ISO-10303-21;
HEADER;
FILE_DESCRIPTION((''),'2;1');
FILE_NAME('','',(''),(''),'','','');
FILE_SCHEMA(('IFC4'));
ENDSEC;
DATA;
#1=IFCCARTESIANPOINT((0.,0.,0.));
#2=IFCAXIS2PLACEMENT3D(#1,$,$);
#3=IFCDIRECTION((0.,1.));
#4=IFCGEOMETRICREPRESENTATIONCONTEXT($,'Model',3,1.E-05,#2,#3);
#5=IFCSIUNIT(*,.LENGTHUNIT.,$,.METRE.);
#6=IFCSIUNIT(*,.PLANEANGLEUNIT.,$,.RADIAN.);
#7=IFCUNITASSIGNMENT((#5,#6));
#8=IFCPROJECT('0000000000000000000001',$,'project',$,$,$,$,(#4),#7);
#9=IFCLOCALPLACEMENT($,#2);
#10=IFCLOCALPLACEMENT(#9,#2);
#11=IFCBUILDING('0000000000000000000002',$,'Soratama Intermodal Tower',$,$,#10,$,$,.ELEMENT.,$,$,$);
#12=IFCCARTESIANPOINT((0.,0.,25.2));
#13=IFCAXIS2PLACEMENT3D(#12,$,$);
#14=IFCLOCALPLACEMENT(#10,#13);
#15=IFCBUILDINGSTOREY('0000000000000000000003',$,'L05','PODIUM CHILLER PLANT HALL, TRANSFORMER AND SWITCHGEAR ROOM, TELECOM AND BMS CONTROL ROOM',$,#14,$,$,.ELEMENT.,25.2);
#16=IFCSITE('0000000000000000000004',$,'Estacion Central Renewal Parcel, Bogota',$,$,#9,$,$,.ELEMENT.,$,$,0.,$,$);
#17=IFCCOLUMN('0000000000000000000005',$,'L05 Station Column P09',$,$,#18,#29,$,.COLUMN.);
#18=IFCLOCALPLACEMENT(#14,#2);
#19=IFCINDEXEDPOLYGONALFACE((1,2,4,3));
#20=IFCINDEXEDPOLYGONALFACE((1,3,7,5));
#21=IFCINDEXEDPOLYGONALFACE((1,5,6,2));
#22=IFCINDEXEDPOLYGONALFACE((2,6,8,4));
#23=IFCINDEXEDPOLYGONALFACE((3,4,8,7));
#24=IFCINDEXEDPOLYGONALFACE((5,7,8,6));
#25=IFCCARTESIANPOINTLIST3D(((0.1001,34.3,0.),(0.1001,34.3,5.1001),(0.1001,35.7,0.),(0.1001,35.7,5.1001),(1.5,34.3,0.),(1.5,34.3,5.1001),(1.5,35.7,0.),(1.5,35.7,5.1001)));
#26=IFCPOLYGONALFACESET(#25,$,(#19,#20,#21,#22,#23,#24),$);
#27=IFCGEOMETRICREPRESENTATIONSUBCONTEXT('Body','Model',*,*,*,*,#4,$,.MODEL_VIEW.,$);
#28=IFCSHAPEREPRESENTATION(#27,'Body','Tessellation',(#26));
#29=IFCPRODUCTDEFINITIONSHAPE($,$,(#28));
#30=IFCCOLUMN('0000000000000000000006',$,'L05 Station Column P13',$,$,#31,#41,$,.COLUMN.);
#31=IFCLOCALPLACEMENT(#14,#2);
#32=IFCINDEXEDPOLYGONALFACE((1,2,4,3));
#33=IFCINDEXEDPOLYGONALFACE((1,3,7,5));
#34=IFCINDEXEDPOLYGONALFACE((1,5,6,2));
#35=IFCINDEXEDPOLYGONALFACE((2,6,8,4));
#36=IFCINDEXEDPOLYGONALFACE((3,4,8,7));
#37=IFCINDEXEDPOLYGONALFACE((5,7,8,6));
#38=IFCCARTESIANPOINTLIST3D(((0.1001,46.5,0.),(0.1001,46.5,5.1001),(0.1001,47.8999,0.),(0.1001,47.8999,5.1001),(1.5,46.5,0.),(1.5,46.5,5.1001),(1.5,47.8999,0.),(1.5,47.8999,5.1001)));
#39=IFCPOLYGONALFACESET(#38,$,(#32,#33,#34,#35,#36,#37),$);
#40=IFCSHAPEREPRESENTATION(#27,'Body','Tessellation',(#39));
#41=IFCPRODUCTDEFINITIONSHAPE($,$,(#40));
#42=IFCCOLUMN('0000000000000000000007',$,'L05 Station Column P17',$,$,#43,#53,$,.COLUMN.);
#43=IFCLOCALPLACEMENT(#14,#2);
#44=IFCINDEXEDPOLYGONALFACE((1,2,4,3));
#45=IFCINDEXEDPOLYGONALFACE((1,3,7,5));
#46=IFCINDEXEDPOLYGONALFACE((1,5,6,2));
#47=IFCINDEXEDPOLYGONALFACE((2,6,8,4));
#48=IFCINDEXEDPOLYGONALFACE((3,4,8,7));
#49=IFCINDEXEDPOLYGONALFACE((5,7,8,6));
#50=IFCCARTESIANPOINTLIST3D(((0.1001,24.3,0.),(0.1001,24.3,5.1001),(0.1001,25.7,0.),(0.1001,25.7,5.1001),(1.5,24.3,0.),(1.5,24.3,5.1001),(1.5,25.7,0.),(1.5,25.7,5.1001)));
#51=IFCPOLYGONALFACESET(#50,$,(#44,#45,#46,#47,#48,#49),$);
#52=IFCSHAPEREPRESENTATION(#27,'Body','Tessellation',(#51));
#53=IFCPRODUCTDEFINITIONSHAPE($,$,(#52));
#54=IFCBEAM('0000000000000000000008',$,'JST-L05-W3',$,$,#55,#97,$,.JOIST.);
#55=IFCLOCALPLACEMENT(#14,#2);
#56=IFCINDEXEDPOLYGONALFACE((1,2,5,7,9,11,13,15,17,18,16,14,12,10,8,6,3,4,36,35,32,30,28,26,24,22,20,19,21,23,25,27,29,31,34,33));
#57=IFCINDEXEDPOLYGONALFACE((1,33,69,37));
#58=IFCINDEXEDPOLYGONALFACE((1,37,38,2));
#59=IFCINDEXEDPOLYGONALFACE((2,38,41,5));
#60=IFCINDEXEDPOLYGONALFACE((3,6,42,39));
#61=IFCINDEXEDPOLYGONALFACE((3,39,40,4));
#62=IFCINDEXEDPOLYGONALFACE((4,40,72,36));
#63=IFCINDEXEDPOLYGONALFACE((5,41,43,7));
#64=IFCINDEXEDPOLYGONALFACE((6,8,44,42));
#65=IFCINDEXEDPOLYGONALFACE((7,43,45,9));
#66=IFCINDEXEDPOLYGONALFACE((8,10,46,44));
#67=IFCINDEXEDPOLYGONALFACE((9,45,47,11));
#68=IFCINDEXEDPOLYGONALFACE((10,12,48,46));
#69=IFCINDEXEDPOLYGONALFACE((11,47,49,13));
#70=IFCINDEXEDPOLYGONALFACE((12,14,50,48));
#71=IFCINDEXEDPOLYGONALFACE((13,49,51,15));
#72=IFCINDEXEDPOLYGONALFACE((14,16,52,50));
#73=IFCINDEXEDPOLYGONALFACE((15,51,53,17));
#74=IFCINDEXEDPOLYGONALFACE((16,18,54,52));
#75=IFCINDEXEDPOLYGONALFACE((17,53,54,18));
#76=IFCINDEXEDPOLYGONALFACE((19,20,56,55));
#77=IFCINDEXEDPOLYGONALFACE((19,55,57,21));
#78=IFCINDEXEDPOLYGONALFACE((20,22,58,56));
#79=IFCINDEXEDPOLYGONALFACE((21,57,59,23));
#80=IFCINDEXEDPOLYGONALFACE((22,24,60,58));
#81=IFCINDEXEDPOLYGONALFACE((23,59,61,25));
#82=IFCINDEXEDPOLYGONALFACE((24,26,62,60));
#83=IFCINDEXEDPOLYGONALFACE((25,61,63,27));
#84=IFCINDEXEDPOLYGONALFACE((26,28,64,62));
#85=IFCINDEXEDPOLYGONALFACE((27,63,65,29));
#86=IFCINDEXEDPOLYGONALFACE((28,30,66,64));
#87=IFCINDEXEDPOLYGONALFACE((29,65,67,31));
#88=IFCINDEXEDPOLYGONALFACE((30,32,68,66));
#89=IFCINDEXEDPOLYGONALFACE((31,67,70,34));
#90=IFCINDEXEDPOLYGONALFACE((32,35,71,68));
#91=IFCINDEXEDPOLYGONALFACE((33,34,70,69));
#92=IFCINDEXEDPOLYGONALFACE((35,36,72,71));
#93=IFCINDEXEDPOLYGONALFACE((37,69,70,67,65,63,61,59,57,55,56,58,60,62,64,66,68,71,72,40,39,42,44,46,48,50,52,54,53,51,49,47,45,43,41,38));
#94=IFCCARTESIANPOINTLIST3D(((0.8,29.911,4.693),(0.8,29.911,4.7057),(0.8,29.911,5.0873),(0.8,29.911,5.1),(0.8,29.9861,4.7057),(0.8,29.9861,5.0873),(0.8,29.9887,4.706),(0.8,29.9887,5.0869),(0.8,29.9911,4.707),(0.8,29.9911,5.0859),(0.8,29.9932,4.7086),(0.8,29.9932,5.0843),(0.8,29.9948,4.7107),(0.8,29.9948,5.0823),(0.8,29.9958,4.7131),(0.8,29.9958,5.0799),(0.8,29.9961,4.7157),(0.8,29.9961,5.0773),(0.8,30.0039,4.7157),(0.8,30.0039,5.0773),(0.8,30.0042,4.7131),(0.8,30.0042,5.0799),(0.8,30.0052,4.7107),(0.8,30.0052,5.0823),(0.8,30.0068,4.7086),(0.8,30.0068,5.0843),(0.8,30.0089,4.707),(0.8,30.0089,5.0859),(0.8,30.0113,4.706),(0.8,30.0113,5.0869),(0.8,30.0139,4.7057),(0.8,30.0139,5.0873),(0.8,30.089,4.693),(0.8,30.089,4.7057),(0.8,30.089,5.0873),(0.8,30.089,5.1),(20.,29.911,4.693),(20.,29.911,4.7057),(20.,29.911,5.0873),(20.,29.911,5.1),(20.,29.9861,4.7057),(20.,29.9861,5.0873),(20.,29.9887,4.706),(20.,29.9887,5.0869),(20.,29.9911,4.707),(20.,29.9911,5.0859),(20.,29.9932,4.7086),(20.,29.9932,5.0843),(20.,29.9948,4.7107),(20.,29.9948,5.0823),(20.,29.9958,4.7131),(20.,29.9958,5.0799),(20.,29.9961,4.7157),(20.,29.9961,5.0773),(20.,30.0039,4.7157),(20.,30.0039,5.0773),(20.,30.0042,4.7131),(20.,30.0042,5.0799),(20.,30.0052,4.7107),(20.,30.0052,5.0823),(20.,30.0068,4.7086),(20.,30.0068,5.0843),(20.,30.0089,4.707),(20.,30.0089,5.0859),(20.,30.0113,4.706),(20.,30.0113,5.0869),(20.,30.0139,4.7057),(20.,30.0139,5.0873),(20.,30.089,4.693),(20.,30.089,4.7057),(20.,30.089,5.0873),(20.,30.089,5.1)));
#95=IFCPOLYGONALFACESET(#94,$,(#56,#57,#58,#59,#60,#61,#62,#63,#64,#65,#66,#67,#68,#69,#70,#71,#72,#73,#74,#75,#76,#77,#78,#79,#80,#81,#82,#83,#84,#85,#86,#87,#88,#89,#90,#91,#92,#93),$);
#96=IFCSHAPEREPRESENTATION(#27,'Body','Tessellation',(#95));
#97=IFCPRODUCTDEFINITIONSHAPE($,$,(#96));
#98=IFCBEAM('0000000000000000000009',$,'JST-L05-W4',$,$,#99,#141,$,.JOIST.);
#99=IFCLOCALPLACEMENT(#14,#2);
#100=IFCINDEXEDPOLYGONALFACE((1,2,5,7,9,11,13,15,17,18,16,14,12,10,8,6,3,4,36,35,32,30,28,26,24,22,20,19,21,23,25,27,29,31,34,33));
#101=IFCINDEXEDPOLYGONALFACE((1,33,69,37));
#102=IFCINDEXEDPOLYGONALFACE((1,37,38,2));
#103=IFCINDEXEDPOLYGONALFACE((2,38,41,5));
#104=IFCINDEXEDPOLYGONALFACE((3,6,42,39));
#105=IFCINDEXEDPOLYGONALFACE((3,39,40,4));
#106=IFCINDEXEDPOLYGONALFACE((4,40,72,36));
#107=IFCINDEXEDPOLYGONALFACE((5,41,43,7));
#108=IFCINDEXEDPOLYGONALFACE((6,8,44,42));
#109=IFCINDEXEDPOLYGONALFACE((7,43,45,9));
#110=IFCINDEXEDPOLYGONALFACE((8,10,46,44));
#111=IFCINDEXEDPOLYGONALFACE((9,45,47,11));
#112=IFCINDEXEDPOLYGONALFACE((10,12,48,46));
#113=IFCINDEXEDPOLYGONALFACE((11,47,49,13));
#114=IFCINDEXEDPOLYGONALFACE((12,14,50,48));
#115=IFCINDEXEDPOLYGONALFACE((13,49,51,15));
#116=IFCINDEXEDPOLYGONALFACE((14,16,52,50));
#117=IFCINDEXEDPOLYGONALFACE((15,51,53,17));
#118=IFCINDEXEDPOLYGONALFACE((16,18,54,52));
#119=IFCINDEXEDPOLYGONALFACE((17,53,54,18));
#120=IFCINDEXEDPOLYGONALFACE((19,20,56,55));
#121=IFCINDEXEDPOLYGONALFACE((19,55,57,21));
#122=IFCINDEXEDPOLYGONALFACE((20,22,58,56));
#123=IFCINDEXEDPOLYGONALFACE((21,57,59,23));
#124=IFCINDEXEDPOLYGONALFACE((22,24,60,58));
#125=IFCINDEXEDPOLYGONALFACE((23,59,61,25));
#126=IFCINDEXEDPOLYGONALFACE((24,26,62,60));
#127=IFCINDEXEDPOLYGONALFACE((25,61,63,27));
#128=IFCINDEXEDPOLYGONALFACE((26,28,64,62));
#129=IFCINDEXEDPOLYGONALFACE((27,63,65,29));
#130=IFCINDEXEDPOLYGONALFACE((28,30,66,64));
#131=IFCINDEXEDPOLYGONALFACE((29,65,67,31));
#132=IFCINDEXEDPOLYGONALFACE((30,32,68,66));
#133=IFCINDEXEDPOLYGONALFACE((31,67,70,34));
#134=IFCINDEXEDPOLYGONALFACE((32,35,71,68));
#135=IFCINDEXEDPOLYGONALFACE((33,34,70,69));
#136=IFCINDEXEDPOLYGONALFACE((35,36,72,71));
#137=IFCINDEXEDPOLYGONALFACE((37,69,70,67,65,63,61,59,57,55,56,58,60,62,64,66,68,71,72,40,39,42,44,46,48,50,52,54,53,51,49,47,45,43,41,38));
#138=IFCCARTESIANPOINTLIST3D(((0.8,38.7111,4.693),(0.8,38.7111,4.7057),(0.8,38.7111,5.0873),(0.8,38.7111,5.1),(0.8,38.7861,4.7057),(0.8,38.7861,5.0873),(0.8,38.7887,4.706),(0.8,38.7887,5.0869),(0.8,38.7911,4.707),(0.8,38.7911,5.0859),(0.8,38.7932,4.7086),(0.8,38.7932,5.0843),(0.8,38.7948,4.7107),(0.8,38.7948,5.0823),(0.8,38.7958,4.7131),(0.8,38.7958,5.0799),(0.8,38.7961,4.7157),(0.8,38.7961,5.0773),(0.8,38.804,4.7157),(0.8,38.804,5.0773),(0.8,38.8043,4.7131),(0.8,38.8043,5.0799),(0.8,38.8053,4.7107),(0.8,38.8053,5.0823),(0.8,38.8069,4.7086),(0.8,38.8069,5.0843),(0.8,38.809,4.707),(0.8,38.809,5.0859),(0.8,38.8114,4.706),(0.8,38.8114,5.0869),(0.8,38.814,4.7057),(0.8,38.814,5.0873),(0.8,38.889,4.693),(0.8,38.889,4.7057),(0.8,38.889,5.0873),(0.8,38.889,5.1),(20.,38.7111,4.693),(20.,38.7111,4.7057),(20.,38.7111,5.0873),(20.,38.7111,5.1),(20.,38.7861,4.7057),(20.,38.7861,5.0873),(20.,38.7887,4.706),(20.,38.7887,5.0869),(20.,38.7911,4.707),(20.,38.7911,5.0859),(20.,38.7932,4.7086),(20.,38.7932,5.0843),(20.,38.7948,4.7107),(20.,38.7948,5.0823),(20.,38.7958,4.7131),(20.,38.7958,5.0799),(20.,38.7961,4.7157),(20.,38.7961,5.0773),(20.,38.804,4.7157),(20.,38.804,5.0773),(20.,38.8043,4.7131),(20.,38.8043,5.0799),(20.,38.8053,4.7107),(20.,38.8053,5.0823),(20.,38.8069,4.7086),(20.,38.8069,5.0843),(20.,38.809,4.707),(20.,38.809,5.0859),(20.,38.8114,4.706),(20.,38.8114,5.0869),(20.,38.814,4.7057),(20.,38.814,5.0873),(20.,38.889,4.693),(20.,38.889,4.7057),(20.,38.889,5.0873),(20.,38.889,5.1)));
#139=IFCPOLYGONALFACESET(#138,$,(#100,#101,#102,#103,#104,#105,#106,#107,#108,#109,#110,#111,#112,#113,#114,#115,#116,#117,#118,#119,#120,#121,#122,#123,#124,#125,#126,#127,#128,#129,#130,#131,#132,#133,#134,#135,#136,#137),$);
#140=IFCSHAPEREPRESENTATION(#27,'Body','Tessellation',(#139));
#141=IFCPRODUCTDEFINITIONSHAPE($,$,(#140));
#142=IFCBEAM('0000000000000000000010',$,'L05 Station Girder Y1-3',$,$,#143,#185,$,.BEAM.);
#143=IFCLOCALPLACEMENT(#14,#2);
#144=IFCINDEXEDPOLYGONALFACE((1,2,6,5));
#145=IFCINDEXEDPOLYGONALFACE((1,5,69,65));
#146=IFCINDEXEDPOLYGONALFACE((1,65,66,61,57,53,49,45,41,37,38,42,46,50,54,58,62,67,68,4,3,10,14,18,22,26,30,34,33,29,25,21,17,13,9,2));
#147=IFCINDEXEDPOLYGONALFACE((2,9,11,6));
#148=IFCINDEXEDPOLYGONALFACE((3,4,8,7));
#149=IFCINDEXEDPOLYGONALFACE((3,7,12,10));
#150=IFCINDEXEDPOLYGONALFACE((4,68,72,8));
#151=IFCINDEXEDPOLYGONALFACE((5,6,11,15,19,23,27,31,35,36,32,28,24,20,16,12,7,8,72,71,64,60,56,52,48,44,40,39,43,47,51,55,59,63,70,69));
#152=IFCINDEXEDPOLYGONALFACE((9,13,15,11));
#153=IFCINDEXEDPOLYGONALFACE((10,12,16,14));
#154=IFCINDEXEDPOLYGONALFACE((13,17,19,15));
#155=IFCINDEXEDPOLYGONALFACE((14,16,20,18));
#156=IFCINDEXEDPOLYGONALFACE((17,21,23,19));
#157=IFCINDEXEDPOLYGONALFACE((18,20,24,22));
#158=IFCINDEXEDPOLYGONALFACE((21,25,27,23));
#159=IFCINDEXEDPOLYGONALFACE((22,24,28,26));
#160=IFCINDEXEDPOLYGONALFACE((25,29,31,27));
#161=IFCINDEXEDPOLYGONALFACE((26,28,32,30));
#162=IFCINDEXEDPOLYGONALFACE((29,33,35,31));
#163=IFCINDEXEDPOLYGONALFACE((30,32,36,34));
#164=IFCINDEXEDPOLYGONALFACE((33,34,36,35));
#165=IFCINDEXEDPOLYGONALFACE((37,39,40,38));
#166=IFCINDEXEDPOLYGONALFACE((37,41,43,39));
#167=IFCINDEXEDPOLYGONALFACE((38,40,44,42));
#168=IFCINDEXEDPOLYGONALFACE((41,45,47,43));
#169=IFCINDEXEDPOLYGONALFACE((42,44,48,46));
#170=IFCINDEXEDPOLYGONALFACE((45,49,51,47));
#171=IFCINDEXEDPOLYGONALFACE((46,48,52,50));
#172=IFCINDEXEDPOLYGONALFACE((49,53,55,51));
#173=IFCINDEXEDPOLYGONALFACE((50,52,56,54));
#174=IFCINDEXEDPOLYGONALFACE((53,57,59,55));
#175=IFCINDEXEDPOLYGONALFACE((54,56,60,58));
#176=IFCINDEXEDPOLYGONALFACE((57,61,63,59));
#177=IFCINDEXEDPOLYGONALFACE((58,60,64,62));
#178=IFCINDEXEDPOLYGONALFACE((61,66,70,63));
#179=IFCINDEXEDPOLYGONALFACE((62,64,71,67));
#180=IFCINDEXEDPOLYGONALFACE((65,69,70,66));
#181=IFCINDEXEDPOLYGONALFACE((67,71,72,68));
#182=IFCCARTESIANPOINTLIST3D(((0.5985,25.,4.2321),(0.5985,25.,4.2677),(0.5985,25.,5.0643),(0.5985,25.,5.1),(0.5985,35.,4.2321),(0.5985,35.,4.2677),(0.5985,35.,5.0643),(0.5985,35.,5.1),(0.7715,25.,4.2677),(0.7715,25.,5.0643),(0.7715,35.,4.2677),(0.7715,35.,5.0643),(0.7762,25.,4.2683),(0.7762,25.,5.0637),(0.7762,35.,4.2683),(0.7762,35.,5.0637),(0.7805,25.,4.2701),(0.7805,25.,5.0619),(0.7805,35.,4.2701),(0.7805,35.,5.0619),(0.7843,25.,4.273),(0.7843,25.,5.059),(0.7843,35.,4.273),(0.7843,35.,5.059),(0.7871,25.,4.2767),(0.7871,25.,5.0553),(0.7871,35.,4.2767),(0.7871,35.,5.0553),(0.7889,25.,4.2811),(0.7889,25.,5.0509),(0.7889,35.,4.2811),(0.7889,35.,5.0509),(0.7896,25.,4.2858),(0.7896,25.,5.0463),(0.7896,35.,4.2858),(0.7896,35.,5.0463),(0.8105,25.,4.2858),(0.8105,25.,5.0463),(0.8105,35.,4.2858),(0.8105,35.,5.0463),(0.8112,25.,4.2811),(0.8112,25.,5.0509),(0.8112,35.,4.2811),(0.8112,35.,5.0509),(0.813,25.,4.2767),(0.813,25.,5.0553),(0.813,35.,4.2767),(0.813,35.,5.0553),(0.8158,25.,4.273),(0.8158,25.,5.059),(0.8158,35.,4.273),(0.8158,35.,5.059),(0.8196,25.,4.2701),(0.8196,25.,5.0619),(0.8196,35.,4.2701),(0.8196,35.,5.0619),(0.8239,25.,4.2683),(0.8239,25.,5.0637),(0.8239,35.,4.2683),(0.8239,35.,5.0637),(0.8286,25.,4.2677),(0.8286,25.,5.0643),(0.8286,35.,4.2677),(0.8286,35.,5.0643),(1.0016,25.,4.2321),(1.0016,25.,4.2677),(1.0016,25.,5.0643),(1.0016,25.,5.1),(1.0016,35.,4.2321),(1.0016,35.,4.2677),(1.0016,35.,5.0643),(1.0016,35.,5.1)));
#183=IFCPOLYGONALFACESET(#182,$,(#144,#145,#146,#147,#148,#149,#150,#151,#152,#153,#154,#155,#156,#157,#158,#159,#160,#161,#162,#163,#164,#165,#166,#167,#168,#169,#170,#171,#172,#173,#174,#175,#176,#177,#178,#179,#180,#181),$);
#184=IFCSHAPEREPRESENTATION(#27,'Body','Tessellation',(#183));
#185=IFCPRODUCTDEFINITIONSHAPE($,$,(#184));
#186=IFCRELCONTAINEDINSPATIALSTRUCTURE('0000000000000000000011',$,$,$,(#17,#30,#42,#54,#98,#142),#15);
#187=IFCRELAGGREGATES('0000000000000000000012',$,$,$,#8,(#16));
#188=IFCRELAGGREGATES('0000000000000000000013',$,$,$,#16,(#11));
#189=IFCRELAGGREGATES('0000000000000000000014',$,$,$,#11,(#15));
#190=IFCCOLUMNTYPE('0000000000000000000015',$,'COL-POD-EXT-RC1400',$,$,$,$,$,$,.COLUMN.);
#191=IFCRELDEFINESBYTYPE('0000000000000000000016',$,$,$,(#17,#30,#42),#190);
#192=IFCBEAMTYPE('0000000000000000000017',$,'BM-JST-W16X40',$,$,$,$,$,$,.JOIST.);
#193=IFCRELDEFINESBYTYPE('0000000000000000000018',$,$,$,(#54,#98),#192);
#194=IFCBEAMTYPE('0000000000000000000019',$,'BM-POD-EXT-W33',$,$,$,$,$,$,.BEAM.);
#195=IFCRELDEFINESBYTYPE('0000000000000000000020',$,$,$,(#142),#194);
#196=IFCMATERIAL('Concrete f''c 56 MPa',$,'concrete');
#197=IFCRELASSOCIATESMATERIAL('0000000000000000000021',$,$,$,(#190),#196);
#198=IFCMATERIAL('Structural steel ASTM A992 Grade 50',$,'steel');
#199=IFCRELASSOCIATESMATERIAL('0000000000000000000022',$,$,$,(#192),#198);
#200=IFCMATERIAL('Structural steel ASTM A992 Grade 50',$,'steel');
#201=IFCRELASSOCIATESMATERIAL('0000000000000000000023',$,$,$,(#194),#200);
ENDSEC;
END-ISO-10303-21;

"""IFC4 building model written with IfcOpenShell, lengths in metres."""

from ifc_helpers import new_model, si_unit, direction, frame, origin, origin_2d, place, context, subcontext, project, spatial, rectangle, i_section, extrude, material, material_profile, profile_set, type_object, element, save


model = new_model("IFC4")

# Units and contexts
model_context = context("Model", 3, precision=1e-05, world=origin(), true_north=direction((0.0, 1.0)))
body_context = subcontext(model_context, "Body", "Model", "MODEL_VIEW")
ifc_project = project(units=[si_unit("LENGTHUNIT", "METRE"), si_unit("PLANEANGLEUNIT", "RADIAN")], contexts=[model_context])

# Site, building, storey
site_placement = place(None, origin())
site = spatial("IfcSite", under=ifc_project, at=site_placement, Name="Estacion Central Renewal Parcel, Bogota", CompositionType="ELEMENT", RefElevation=0.0)
building_placement = place(site_placement, origin())
building = spatial("IfcBuilding", under=site, at=building_placement, Name="Soratama Intermodal Tower", CompositionType="ELEMENT")
storey_placement = place(building_placement, frame((0.0, 0.0, 25.2)))
storey = spatial("IfcBuildingStorey", under=building, at=storey_placement, Name="L05", Description="PODIUM CHILLER PLANT HALL, TRANSFORMER AND SWITCHGEAR ROOM, TELECOM AND BMS CONTROL ROOM", CompositionType="ELEMENT", Elevation=25.2)

# Columns
ifc_material_1 = material(Name="Concrete f'c 56 MPa", Category="concrete")
ifc_material_profile_1 = material_profile(ifc_material_1, rectangle(XDim=1.3999, YDim=1.3999, at=origin_2d()), Name="RC1400X1400")
ifc_profile_set_1 = profile_set([ifc_material_profile_1], Name="Concrete f'c 56 MPa")
column_type = type_object("IfcColumnType", Name="COL-POD-EXT-RC1400", PredefinedType="COLUMN", material=ifc_profile_set_1)
for number, where, z_axis, x_axis, name in (
    (1, (0.8, 35.0, 0.0), (0.0, 0.0, 1.0), (1.0, 0.0, 0.0), "L05 Station Column P09"),
    (2, (0.8, 47.2, 0.0), (0.0, 0.0, 1.0), (1.0, 0.0, 0.0), "L05 Station Column P13"),
    (3, (0.8, 25.0, 0.0), (0.0, 0.0, 1.0), (1.0, 0.0, 0.0), "L05 Station Column P17"),
):
    element("IfcColumn", number, at=place(storey_placement, frame(where, z_axis=z_axis, x_axis=x_axis)), inside=storey, type_object=column_type, Name=name, PredefinedType="COLUMN", context=body_context, shape_type="SweptSolid", body=[
        extrude(rectangle(XDim=1.3999, YDim=1.3999, at=origin_2d()), origin(), (0.0, 0.0, 1.0), 5.1001),
    ])

# Beams
ifc_material_2 = material(Name="Structural steel ASTM A992 Grade 50", Category="steel")
ifc_material_profile_2 = material_profile(ifc_material_2, i_section(OverallWidth=0.178, OverallDepth=0.407, WebThickness=0.0078, FlangeThickness=0.0127, FilletRadius=0.01, at=origin_2d()), Name="W16X40")
ifc_profile_set_2 = profile_set([ifc_material_profile_2], Name="Structural steel ASTM A992 Grade 50")
beam_type_1 = type_object("IfcBeamType", Name="BM-JST-W16X40", PredefinedType="JOIST", material=ifc_profile_set_2)
for number, where, z_axis, x_axis, name in (
    (4, (0.8, 30.0, 4.8965), (1.0, 0.0, 0.0), (0.0, 1.0, 0.0), "JST-L05-W3"),
    (5, (0.8, 38.8, 4.8965), (1.0, 0.0, 0.0), (0.0, 1.0, 0.0), "JST-L05-W4"),
):
    element("IfcBeam", number, at=place(storey_placement, frame(where, z_axis=z_axis, x_axis=x_axis)), inside=storey, type_object=beam_type_1, Name=name, PredefinedType="JOIST", context=body_context, shape_type="SweptSolid", body=[
        extrude(i_section(OverallWidth=0.178, OverallDepth=0.407, WebThickness=0.0078, FlangeThickness=0.0127, FilletRadius=0.01, at=origin_2d()), origin(), (0.0, 0.0, 1.0), 19.2),
    ])
ifc_material_3 = material(Name="Structural steel ASTM A992 Grade 50", Category="steel")
ifc_material_profile_3 = material_profile(ifc_material_3, i_section(OverallWidth=0.4031, OverallDepth=0.8679, WebThickness=0.021, FlangeThickness=0.0356, FilletRadius=0.0181, at=origin_2d()), Name="W33X241")
ifc_profile_set_3 = profile_set([ifc_material_profile_3], Name="Structural steel ASTM A992 Grade 50")
beam_type_2 = type_object("IfcBeamType", Name="BM-POD-EXT-W33", PredefinedType="BEAM", material=ifc_profile_set_3)
beam_1_placement = place(storey_placement, frame((0.8, 25.0, 4.666), z_axis=(0.0, 1.0, 0.0), x_axis=(-1.0, 0.0, 0.0)))
element("IfcBeam", 6, at=beam_1_placement, inside=storey, type_object=beam_type_2, Name="L05 Station Girder Y1-3", PredefinedType="BEAM", context=body_context, shape_type="SweptSolid", body=[
    extrude(i_section(OverallWidth=0.4031, OverallDepth=0.8679, WebThickness=0.021, FlangeThickness=0.0356, FilletRadius=0.0181, at=origin_2d()), origin(), (0.0, 0.0, 1.0), 10.0),
])

save(model, "model.ifc")
